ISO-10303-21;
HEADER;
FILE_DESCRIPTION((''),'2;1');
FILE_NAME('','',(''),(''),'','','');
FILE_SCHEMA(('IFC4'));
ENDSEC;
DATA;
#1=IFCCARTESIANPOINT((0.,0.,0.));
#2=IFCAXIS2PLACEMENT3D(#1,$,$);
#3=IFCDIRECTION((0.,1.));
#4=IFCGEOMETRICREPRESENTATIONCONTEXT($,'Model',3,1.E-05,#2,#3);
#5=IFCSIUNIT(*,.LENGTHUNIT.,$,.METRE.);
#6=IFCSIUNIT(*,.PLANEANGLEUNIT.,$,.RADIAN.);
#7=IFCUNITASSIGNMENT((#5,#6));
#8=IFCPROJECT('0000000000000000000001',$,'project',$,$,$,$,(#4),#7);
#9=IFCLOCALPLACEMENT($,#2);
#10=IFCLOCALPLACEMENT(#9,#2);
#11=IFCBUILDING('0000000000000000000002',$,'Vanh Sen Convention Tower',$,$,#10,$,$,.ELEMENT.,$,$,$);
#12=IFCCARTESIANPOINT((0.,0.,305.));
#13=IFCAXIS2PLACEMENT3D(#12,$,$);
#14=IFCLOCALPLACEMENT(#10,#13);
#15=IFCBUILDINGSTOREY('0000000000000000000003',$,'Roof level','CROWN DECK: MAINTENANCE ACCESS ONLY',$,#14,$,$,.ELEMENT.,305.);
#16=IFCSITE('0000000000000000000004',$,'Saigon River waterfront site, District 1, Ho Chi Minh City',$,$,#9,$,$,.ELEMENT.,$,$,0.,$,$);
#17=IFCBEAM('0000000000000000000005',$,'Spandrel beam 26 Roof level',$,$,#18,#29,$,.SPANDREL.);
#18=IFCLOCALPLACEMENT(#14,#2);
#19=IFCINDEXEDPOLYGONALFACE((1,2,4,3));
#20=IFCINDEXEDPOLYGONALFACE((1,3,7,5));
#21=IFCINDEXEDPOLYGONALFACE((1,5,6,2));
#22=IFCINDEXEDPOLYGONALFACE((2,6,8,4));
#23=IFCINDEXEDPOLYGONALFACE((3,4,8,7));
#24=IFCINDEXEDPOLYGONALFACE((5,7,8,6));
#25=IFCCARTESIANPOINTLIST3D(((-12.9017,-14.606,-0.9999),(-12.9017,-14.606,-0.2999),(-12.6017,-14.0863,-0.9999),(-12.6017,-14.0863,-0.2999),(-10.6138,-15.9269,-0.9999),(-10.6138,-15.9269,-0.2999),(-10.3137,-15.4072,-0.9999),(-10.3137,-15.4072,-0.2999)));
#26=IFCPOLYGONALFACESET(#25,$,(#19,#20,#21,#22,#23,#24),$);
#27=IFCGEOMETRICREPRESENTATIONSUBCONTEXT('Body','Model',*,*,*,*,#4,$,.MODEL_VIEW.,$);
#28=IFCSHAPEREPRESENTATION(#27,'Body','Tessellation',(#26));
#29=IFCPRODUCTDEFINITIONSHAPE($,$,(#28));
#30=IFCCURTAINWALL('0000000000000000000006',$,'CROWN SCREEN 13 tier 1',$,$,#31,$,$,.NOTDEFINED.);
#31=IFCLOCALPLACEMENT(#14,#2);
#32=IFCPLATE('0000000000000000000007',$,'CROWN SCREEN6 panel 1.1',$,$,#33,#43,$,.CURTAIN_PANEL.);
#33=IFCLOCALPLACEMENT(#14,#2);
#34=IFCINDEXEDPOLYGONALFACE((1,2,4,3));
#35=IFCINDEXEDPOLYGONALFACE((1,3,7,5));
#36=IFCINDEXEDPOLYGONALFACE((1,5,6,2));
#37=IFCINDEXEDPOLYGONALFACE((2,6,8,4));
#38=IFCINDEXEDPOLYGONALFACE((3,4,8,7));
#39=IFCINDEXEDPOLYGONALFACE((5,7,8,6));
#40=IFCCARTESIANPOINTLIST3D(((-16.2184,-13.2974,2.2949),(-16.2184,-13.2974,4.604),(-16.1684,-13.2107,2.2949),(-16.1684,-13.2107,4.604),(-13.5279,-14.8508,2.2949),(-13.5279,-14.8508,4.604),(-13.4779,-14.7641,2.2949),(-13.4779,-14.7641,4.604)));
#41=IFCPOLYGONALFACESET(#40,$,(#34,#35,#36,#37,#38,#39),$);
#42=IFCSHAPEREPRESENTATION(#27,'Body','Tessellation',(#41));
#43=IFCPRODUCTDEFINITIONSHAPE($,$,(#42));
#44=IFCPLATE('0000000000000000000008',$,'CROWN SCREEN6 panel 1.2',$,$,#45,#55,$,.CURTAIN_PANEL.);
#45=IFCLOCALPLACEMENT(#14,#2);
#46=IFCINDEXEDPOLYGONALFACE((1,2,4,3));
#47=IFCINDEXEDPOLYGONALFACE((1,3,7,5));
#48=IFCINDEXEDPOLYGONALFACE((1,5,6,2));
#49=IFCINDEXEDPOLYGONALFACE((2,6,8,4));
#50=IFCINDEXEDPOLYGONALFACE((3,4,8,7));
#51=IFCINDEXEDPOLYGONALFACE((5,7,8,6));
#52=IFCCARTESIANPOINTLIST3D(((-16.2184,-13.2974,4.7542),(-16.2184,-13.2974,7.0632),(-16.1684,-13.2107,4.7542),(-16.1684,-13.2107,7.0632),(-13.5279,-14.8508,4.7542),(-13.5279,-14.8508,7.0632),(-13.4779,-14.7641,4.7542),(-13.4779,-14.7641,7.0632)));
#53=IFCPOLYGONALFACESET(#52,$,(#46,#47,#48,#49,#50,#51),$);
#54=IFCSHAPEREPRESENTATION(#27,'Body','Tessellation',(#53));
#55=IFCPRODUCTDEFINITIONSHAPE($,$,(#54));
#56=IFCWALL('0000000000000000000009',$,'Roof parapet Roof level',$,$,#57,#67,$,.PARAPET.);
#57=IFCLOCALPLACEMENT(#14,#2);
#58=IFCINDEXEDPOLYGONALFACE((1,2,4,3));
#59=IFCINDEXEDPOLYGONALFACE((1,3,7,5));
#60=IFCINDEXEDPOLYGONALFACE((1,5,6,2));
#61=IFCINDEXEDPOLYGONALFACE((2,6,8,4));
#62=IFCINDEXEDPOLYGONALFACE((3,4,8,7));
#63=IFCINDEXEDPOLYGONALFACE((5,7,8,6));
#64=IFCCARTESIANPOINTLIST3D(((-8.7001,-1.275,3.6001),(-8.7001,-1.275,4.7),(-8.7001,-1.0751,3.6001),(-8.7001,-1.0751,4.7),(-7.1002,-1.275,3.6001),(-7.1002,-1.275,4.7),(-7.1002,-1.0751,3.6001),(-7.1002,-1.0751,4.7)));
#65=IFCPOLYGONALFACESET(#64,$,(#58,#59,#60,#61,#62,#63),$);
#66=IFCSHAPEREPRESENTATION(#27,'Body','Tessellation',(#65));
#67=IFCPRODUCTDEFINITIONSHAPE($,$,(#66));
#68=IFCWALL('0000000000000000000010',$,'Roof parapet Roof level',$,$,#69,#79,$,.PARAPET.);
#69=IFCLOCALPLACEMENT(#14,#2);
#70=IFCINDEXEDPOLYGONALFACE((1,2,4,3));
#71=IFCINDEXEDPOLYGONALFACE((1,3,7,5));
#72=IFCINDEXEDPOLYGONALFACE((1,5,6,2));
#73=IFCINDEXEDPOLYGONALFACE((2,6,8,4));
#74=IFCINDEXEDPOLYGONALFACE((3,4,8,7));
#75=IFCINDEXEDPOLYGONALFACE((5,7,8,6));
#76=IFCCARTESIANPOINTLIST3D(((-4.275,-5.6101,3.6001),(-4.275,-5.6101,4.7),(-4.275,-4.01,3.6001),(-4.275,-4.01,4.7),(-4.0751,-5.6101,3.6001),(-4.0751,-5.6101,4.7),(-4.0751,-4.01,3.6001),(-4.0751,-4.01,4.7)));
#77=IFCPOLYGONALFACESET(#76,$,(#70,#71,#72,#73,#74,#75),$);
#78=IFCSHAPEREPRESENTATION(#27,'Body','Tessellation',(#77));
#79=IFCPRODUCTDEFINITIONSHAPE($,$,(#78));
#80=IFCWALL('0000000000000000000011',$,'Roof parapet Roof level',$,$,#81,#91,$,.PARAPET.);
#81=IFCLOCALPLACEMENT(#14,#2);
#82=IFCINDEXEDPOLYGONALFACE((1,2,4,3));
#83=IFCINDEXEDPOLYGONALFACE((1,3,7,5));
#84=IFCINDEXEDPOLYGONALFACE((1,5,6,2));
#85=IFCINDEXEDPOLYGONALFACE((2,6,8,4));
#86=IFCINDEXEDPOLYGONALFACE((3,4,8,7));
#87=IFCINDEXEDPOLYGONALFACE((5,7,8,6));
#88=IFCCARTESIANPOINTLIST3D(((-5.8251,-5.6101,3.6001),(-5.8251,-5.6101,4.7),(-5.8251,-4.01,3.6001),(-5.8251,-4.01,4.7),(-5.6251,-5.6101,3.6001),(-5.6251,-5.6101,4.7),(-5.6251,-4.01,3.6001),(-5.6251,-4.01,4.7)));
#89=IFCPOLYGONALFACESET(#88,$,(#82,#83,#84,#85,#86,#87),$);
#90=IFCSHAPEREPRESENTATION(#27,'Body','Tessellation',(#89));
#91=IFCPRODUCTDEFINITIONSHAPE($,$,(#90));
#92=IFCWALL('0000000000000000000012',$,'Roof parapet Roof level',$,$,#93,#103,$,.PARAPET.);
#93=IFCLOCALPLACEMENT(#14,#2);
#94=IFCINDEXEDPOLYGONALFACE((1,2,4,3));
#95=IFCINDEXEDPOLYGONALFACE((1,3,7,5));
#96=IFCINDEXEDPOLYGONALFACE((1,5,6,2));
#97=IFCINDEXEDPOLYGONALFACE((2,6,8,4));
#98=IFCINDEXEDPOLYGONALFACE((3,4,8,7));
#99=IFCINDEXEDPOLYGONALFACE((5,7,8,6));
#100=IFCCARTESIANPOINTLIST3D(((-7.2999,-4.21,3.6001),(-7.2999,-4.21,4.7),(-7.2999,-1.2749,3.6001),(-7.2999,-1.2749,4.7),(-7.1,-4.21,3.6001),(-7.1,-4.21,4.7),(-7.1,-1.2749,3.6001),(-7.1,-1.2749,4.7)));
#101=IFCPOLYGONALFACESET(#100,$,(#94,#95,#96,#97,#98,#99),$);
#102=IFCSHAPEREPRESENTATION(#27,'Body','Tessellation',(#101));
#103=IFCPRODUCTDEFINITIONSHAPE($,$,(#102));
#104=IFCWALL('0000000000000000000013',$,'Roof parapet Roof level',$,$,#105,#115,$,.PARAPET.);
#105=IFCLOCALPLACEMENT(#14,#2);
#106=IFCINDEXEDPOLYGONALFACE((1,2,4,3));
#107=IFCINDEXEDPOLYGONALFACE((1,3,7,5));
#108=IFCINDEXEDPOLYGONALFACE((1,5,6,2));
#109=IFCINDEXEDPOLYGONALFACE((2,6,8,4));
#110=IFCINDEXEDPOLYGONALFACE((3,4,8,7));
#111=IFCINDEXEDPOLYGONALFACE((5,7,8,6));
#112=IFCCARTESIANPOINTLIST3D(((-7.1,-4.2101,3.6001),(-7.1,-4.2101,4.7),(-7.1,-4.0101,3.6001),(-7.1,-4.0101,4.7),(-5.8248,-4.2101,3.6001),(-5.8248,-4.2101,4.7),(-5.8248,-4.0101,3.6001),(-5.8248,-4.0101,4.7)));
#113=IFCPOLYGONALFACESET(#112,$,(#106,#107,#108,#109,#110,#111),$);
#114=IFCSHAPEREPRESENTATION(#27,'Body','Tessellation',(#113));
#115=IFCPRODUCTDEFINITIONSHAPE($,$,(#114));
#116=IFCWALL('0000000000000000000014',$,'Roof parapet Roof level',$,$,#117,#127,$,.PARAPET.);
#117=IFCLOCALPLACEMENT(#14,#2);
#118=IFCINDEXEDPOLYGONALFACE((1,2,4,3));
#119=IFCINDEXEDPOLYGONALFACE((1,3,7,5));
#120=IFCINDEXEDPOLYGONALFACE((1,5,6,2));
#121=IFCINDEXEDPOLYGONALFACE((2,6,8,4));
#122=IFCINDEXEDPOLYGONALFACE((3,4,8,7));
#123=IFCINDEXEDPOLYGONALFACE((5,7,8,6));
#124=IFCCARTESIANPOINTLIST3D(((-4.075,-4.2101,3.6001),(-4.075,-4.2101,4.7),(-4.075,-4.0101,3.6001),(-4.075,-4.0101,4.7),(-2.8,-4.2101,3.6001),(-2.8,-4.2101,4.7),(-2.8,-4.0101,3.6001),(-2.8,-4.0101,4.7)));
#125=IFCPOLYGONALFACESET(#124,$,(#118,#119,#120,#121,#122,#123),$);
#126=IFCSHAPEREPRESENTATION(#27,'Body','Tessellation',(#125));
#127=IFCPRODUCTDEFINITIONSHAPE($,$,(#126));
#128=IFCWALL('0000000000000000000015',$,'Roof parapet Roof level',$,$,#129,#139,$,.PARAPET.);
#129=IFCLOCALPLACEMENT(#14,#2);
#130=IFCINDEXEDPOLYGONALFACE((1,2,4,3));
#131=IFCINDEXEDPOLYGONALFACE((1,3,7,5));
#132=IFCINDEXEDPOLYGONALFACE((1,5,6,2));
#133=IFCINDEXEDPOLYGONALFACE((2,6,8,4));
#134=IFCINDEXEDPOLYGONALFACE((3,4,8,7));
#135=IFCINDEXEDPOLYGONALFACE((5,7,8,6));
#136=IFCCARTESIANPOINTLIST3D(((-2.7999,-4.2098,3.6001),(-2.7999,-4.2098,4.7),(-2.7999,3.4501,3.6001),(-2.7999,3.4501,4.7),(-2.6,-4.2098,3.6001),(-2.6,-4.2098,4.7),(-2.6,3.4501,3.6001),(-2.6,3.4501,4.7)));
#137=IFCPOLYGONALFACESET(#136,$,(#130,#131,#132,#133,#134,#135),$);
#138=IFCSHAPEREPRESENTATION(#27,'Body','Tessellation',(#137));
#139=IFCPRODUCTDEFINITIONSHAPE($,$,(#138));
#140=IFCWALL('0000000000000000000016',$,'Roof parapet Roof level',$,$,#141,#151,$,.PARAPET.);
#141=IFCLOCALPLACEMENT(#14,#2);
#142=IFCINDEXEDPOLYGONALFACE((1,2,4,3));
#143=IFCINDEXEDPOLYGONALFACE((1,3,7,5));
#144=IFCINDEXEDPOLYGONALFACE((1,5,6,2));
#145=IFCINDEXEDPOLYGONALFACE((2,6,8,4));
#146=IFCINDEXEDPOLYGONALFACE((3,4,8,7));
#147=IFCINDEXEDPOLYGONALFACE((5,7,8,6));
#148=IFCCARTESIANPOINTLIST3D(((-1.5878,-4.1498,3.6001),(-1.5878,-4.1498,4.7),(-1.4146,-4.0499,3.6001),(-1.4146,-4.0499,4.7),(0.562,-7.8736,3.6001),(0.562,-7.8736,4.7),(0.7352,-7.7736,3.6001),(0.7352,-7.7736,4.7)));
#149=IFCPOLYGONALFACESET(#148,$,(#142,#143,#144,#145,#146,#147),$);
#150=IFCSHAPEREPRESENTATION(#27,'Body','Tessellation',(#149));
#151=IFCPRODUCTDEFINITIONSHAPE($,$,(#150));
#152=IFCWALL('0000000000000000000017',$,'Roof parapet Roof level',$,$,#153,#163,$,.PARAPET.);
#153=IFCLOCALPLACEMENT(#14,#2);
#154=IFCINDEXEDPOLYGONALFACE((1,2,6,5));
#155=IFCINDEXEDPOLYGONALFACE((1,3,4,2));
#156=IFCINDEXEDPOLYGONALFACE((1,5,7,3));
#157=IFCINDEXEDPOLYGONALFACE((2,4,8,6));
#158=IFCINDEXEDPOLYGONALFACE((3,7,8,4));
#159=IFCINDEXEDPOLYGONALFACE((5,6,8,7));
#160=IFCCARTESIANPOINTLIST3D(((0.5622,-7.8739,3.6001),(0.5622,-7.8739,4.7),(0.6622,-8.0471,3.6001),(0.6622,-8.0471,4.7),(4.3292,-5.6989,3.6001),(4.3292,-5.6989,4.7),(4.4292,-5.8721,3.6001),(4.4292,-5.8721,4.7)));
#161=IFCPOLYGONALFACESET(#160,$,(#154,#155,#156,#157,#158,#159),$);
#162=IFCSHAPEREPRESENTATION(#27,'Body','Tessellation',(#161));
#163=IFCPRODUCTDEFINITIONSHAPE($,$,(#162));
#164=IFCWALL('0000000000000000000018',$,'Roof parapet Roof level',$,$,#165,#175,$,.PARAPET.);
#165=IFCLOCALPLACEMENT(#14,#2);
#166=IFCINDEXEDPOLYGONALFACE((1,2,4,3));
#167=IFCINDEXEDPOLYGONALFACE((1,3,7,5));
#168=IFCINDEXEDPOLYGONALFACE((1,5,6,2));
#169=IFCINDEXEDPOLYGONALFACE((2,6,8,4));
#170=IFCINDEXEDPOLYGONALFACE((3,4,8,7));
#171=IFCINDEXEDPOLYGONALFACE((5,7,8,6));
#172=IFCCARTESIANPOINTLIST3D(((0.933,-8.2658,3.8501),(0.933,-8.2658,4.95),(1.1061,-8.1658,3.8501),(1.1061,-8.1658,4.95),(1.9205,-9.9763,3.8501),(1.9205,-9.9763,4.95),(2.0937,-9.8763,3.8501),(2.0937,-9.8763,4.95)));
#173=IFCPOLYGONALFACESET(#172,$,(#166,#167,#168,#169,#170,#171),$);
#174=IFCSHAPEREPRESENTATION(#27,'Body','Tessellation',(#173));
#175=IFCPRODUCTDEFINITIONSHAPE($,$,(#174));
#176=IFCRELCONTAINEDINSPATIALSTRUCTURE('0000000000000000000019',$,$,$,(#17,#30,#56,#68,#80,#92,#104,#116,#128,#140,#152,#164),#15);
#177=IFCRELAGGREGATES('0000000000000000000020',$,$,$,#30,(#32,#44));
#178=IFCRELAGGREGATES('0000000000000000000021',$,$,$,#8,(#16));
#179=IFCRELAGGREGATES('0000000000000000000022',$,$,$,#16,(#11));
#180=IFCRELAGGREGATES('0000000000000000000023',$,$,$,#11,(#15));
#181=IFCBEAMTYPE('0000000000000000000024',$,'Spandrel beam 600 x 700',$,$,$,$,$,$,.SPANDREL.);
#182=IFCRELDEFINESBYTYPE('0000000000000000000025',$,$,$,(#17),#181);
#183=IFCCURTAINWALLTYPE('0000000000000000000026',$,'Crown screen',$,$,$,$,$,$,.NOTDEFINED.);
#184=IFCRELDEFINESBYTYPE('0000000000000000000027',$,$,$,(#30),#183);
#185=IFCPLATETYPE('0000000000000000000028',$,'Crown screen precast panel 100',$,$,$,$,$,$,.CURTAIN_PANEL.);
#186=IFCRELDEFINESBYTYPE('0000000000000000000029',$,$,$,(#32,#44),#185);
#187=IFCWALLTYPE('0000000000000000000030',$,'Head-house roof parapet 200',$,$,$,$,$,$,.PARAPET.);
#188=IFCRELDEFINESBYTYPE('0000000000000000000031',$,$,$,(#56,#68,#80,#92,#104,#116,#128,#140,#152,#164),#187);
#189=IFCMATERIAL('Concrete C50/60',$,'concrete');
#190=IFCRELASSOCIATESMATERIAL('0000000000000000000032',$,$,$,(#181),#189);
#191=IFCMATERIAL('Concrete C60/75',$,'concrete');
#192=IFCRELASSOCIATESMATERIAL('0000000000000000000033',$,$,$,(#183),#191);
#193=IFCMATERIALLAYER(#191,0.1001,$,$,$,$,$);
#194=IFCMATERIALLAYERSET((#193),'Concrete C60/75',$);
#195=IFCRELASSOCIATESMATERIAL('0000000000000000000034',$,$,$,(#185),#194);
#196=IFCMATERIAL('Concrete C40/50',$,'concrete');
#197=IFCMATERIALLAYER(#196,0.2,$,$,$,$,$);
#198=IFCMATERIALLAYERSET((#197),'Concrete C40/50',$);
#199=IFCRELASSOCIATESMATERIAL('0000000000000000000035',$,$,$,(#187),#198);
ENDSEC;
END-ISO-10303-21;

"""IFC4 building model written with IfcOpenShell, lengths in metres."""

from ifc_helpers import new_model, si_unit, direction, frame, frame_2d, origin, origin_2d, place, context, subcontext, project, spatial, rectangle, extrude, material, layer, layer_set, material_profile, profile_set, type_object, element, aggregate, save


model = new_model("IFC4")

# Units and contexts
model_context = context("Model", 3, precision=1e-05, world=origin(), true_north=direction((0.0, 1.0)))
body_context = subcontext(model_context, "Body", "Model", "MODEL_VIEW")
ifc_project = project(units=[si_unit("LENGTHUNIT", "METRE"), si_unit("PLANEANGLEUNIT", "RADIAN")], contexts=[model_context])

# Site, building, storey
site_placement = place(None, origin())
site = spatial("IfcSite", under=ifc_project, at=site_placement, Name="Saigon River waterfront site, District 1, Ho Chi Minh City", CompositionType="ELEMENT", RefElevation=0.0)
building_placement = place(site_placement, origin())
building = spatial("IfcBuilding", under=site, at=building_placement, Name="Vanh Sen Convention Tower", CompositionType="ELEMENT")
storey_placement = place(building_placement, frame((0.0, 0.0, 305.0)))
storey = spatial("IfcBuildingStorey", under=building, at=storey_placement, Name="Roof level", Description="CROWN DECK: MAINTENANCE ACCESS ONLY", CompositionType="ELEMENT", Elevation=305.0)

# Beam
ifc_material_1 = material(Name="Concrete C50/60", Category="concrete")
ifc_material_profile = material_profile(ifc_material_1, rectangle(XDim=0.6001, YDim=0.7, at=origin_2d()), Name="RC 600X700")
ifc_profile_set = profile_set([ifc_material_profile], Name="Concrete C50/60")
beam_type = type_object("IfcBeamType", Name="Spandrel beam 600 x 700", PredefinedType="SPANDREL", material=ifc_profile_set)
beam_placement = place(storey_placement, frame((-12.7517, -14.3462, -0.6499), z_axis=(0.866039, -0.499976, 0.0), x_axis=(0.499976, 0.866039, 0.0)))
element("IfcBeam", 1, at=beam_placement, inside=storey, type_object=beam_type, Name="Spandrel beam 26 Roof level", PredefinedType="SPANDREL", context=body_context, shape_type="SweptSolid", body=[
    extrude(rectangle(XDim=0.6001, YDim=0.7, at=origin_2d()), origin(), (0.0, 0.0, 1.0), 2.6418),
])

# Curtain wall, plates
ifc_material_2 = material(Name="Concrete C60/75", Category="concrete")
curtain_wall_type = type_object("IfcCurtainWallType", Name="Crown screen", PredefinedType="NOTDEFINED", material=ifc_material_2)
curtain_wall_placement = place(storey_placement, origin())
curtain_wall = element("IfcCurtainWall", 2, at=curtain_wall_placement, inside=storey, type_object=curtain_wall_type, Name="CROWN SCREEN 13 tier 1", PredefinedType="NOTDEFINED")
ifc_layer_1 = layer(ifc_material_2, 0.1001)
ifc_layer_set_1 = layer_set([ifc_layer_1], Name="Concrete C60/75")
plate_type = type_object("IfcPlateType", Name="Crown screen precast panel 100", PredefinedType="CURTAIN_PANEL", material=ifc_layer_set_1)
plate_1_placement = place(storey_placement, frame((-14.8481, -14.0308, 2.2949), z_axis=(0.0, 0.0, 1.0), x_axis=(0.866023, -0.500005, 0.0)))
plate_1 = element("IfcPlate", 3, at=plate_1_placement, type_object=plate_type, Name="CROWN SCREEN6 panel 1.1", PredefinedType="CURTAIN_PANEL", context=body_context, shape_type="SweptSolid", body=[
    extrude(rectangle(XDim=3.1067, YDim=0.1001, at=origin_2d()), origin(), (0.0, 0.0, 1.0), 2.3091),
])
plate_2_placement = place(storey_placement, frame((-14.8481, -14.0308, 4.7542), z_axis=(0.0, 0.0, 1.0), x_axis=(0.866023, -0.500005, 0.0)))
plate_2 = element("IfcPlate", 4, at=plate_2_placement, type_object=plate_type, Name="CROWN SCREEN6 panel 1.2", PredefinedType="CURTAIN_PANEL", context=body_context, shape_type="SweptSolid", body=[
    extrude(rectangle(XDim=3.1067, YDim=0.1001, at=origin_2d()), origin(), (0.0, 0.0, 1.0), 2.3091),
])
aggregate(curtain_wall, [plate_1, plate_2])

# Walls
ifc_material_3 = material(Name="Concrete C40/50", Category="concrete")
ifc_layer_2 = layer(ifc_material_3, 0.2)
ifc_layer_set_2 = layer_set([ifc_layer_2], Name="Concrete C40/50")
wall_type_1 = type_object("IfcWallType", Name="Head-house roof parapet 200", PredefinedType="PARAPET", material=ifc_layer_set_2)
wall_1_placement = place(storey_placement, frame((-8.7, -1.175, 3.6001), z_axis=(0.0, 0.0, 1.0), x_axis=(1.0, 0.0, 0.0)))
element("IfcWall", 5, at=wall_1_placement, inside=storey, type_object=wall_type_1, Name="Roof parapet Roof level", PredefinedType="PARAPET", context=body_context, shape_type="SweptSolid", body=[
    extrude(rectangle(XDim=1.5999, YDim=0.2, at=frame_2d((0.7998, 0.0))), origin(), (0.0, 0.0, 1.0), 1.0999),
])
for number, where, z_axis, x_axis, name in (
    (6, (-4.175, -5.6101, 3.6001), (0.0, 0.0, 1.0), (0.0, 1.0, 0.0), "Roof parapet Roof level"),
    (7, (-5.7251, -5.6101, 3.6001), (0.0, 0.0, 1.0), (0.0, 1.0, 0.0), "Roof parapet Roof level"),
):
    element("IfcWall", number, at=place(storey_placement, frame(where, z_axis=z_axis, x_axis=x_axis)), inside=storey, type_object=wall_type_1, Name=name, PredefinedType="PARAPET", context=body_context, shape_type="SweptSolid", body=[
        extrude(rectangle(XDim=1.6001, YDim=0.2, at=frame_2d((0.8, 0.0))), origin(), (0.0, 0.0, 1.0), 1.0999),
    ])
wall_2_placement = place(storey_placement, frame((-7.2, -1.2749, 3.6001), z_axis=(0.0, 0.0, 1.0), x_axis=(0.0, -1.0, 0.0)))
element("IfcWall", 8, at=wall_2_placement, inside=storey, type_object=wall_type_1, Name="Roof parapet Roof level", PredefinedType="PARAPET", context=body_context, shape_type="SweptSolid", body=[
    extrude(rectangle(XDim=2.9351, YDim=0.2, at=frame_2d((1.4675, 0.0))), origin(), (0.0, 0.0, 1.0), 1.0999),
])
wall_3_placement = place(storey_placement, frame((-7.1001, -4.1101, 3.6001), z_axis=(0.0, 0.0, 1.0), x_axis=(1.0, 0.0, 0.0)))
element("IfcWall", 9, at=wall_3_placement, inside=storey, type_object=wall_type_1, Name="Roof parapet Roof level", PredefinedType="PARAPET", context=body_context, shape_type="SweptSolid", body=[
    extrude(rectangle(XDim=1.2751, YDim=0.2, at=frame_2d((0.6377, 0.0))), origin(), (0.0, 0.0, 1.0), 1.0999),
])
wall_4_placement = place(storey_placement, frame((-4.075, -4.1101, 3.6001), z_axis=(0.0, 0.0, 1.0), x_axis=(1.0, 0.0, 0.0)))
element("IfcWall", 10, at=wall_4_placement, inside=storey, type_object=wall_type_1, Name="Roof parapet Roof level", PredefinedType="PARAPET", context=body_context, shape_type="SweptSolid", body=[
    extrude(rectangle(XDim=1.2749, YDim=0.2, at=frame_2d((0.6375, 0.0))), origin(), (0.0, 0.0, 1.0), 1.0999),
])
wall_5_placement = place(storey_placement, frame((-2.7, -4.21, 3.6001), z_axis=(0.0, 0.0, 1.0), x_axis=(0.0, 1.0, 0.0)))
element("IfcWall", 11, at=wall_5_placement, inside=storey, type_object=wall_type_1, Name="Roof parapet Roof level", PredefinedType="PARAPET", context=body_context, shape_type="SweptSolid", body=[
    extrude(rectangle(XDim=7.6599, YDim=0.2, at=frame_2d((3.8301, 0.0))), origin(), (0.0, 0.0, 1.0), 1.0999),
])
wall_6_placement = place(storey_placement, frame((-1.5012, -4.0999, 3.6001), z_axis=(0.0, 0.0, 1.0), x_axis=(0.499986, -0.866033, 0.0)))
element("IfcWall", 12, at=wall_6_placement, inside=storey, type_object=wall_type_1, Name="Roof parapet Roof level", PredefinedType="PARAPET", context=body_context, shape_type="SweptSolid", body=[
    extrude(rectangle(XDim=4.2998, YDim=0.2, at=frame_2d((2.1499, 0.0))), origin(), (0.0, 0.0, 1.0), 1.0999),
])
wall_7_placement = place(storey_placement, frame((0.6123, -7.9604, 3.6001), z_axis=(0.0, 0.0, 1.0), x_axis=(0.866014, 0.50002, 0.0)))
element("IfcWall", 13, at=wall_7_placement, inside=storey, type_object=wall_type_1, Name="Roof parapet Roof level", PredefinedType="PARAPET", context=body_context, shape_type="SweptSolid", body=[
    extrude(rectangle(XDim=4.3499, YDim=0.2, at=frame_2d((2.1748, 0.0))), origin(), (0.0, 0.0, 1.0), 1.0999),
])
wall_8_placement = place(storey_placement, frame((1.0195, -8.2158, 3.8501), z_axis=(0.0, 0.0, 1.0), x_axis=(0.500008, -0.866021, 0.0)))
element("IfcWall", 14, at=wall_8_placement, inside=storey, type_object=wall_type_1, Name="Roof parapet Roof level", PredefinedType="PARAPET", context=body_context, shape_type="SweptSolid", body=[
    extrude(rectangle(XDim=1.9751, YDim=0.2, at=frame_2d((0.9875, 0.0))), origin(), (0.0, 0.0, 1.0), 1.0999),
])

save(model, "model.ifc")
